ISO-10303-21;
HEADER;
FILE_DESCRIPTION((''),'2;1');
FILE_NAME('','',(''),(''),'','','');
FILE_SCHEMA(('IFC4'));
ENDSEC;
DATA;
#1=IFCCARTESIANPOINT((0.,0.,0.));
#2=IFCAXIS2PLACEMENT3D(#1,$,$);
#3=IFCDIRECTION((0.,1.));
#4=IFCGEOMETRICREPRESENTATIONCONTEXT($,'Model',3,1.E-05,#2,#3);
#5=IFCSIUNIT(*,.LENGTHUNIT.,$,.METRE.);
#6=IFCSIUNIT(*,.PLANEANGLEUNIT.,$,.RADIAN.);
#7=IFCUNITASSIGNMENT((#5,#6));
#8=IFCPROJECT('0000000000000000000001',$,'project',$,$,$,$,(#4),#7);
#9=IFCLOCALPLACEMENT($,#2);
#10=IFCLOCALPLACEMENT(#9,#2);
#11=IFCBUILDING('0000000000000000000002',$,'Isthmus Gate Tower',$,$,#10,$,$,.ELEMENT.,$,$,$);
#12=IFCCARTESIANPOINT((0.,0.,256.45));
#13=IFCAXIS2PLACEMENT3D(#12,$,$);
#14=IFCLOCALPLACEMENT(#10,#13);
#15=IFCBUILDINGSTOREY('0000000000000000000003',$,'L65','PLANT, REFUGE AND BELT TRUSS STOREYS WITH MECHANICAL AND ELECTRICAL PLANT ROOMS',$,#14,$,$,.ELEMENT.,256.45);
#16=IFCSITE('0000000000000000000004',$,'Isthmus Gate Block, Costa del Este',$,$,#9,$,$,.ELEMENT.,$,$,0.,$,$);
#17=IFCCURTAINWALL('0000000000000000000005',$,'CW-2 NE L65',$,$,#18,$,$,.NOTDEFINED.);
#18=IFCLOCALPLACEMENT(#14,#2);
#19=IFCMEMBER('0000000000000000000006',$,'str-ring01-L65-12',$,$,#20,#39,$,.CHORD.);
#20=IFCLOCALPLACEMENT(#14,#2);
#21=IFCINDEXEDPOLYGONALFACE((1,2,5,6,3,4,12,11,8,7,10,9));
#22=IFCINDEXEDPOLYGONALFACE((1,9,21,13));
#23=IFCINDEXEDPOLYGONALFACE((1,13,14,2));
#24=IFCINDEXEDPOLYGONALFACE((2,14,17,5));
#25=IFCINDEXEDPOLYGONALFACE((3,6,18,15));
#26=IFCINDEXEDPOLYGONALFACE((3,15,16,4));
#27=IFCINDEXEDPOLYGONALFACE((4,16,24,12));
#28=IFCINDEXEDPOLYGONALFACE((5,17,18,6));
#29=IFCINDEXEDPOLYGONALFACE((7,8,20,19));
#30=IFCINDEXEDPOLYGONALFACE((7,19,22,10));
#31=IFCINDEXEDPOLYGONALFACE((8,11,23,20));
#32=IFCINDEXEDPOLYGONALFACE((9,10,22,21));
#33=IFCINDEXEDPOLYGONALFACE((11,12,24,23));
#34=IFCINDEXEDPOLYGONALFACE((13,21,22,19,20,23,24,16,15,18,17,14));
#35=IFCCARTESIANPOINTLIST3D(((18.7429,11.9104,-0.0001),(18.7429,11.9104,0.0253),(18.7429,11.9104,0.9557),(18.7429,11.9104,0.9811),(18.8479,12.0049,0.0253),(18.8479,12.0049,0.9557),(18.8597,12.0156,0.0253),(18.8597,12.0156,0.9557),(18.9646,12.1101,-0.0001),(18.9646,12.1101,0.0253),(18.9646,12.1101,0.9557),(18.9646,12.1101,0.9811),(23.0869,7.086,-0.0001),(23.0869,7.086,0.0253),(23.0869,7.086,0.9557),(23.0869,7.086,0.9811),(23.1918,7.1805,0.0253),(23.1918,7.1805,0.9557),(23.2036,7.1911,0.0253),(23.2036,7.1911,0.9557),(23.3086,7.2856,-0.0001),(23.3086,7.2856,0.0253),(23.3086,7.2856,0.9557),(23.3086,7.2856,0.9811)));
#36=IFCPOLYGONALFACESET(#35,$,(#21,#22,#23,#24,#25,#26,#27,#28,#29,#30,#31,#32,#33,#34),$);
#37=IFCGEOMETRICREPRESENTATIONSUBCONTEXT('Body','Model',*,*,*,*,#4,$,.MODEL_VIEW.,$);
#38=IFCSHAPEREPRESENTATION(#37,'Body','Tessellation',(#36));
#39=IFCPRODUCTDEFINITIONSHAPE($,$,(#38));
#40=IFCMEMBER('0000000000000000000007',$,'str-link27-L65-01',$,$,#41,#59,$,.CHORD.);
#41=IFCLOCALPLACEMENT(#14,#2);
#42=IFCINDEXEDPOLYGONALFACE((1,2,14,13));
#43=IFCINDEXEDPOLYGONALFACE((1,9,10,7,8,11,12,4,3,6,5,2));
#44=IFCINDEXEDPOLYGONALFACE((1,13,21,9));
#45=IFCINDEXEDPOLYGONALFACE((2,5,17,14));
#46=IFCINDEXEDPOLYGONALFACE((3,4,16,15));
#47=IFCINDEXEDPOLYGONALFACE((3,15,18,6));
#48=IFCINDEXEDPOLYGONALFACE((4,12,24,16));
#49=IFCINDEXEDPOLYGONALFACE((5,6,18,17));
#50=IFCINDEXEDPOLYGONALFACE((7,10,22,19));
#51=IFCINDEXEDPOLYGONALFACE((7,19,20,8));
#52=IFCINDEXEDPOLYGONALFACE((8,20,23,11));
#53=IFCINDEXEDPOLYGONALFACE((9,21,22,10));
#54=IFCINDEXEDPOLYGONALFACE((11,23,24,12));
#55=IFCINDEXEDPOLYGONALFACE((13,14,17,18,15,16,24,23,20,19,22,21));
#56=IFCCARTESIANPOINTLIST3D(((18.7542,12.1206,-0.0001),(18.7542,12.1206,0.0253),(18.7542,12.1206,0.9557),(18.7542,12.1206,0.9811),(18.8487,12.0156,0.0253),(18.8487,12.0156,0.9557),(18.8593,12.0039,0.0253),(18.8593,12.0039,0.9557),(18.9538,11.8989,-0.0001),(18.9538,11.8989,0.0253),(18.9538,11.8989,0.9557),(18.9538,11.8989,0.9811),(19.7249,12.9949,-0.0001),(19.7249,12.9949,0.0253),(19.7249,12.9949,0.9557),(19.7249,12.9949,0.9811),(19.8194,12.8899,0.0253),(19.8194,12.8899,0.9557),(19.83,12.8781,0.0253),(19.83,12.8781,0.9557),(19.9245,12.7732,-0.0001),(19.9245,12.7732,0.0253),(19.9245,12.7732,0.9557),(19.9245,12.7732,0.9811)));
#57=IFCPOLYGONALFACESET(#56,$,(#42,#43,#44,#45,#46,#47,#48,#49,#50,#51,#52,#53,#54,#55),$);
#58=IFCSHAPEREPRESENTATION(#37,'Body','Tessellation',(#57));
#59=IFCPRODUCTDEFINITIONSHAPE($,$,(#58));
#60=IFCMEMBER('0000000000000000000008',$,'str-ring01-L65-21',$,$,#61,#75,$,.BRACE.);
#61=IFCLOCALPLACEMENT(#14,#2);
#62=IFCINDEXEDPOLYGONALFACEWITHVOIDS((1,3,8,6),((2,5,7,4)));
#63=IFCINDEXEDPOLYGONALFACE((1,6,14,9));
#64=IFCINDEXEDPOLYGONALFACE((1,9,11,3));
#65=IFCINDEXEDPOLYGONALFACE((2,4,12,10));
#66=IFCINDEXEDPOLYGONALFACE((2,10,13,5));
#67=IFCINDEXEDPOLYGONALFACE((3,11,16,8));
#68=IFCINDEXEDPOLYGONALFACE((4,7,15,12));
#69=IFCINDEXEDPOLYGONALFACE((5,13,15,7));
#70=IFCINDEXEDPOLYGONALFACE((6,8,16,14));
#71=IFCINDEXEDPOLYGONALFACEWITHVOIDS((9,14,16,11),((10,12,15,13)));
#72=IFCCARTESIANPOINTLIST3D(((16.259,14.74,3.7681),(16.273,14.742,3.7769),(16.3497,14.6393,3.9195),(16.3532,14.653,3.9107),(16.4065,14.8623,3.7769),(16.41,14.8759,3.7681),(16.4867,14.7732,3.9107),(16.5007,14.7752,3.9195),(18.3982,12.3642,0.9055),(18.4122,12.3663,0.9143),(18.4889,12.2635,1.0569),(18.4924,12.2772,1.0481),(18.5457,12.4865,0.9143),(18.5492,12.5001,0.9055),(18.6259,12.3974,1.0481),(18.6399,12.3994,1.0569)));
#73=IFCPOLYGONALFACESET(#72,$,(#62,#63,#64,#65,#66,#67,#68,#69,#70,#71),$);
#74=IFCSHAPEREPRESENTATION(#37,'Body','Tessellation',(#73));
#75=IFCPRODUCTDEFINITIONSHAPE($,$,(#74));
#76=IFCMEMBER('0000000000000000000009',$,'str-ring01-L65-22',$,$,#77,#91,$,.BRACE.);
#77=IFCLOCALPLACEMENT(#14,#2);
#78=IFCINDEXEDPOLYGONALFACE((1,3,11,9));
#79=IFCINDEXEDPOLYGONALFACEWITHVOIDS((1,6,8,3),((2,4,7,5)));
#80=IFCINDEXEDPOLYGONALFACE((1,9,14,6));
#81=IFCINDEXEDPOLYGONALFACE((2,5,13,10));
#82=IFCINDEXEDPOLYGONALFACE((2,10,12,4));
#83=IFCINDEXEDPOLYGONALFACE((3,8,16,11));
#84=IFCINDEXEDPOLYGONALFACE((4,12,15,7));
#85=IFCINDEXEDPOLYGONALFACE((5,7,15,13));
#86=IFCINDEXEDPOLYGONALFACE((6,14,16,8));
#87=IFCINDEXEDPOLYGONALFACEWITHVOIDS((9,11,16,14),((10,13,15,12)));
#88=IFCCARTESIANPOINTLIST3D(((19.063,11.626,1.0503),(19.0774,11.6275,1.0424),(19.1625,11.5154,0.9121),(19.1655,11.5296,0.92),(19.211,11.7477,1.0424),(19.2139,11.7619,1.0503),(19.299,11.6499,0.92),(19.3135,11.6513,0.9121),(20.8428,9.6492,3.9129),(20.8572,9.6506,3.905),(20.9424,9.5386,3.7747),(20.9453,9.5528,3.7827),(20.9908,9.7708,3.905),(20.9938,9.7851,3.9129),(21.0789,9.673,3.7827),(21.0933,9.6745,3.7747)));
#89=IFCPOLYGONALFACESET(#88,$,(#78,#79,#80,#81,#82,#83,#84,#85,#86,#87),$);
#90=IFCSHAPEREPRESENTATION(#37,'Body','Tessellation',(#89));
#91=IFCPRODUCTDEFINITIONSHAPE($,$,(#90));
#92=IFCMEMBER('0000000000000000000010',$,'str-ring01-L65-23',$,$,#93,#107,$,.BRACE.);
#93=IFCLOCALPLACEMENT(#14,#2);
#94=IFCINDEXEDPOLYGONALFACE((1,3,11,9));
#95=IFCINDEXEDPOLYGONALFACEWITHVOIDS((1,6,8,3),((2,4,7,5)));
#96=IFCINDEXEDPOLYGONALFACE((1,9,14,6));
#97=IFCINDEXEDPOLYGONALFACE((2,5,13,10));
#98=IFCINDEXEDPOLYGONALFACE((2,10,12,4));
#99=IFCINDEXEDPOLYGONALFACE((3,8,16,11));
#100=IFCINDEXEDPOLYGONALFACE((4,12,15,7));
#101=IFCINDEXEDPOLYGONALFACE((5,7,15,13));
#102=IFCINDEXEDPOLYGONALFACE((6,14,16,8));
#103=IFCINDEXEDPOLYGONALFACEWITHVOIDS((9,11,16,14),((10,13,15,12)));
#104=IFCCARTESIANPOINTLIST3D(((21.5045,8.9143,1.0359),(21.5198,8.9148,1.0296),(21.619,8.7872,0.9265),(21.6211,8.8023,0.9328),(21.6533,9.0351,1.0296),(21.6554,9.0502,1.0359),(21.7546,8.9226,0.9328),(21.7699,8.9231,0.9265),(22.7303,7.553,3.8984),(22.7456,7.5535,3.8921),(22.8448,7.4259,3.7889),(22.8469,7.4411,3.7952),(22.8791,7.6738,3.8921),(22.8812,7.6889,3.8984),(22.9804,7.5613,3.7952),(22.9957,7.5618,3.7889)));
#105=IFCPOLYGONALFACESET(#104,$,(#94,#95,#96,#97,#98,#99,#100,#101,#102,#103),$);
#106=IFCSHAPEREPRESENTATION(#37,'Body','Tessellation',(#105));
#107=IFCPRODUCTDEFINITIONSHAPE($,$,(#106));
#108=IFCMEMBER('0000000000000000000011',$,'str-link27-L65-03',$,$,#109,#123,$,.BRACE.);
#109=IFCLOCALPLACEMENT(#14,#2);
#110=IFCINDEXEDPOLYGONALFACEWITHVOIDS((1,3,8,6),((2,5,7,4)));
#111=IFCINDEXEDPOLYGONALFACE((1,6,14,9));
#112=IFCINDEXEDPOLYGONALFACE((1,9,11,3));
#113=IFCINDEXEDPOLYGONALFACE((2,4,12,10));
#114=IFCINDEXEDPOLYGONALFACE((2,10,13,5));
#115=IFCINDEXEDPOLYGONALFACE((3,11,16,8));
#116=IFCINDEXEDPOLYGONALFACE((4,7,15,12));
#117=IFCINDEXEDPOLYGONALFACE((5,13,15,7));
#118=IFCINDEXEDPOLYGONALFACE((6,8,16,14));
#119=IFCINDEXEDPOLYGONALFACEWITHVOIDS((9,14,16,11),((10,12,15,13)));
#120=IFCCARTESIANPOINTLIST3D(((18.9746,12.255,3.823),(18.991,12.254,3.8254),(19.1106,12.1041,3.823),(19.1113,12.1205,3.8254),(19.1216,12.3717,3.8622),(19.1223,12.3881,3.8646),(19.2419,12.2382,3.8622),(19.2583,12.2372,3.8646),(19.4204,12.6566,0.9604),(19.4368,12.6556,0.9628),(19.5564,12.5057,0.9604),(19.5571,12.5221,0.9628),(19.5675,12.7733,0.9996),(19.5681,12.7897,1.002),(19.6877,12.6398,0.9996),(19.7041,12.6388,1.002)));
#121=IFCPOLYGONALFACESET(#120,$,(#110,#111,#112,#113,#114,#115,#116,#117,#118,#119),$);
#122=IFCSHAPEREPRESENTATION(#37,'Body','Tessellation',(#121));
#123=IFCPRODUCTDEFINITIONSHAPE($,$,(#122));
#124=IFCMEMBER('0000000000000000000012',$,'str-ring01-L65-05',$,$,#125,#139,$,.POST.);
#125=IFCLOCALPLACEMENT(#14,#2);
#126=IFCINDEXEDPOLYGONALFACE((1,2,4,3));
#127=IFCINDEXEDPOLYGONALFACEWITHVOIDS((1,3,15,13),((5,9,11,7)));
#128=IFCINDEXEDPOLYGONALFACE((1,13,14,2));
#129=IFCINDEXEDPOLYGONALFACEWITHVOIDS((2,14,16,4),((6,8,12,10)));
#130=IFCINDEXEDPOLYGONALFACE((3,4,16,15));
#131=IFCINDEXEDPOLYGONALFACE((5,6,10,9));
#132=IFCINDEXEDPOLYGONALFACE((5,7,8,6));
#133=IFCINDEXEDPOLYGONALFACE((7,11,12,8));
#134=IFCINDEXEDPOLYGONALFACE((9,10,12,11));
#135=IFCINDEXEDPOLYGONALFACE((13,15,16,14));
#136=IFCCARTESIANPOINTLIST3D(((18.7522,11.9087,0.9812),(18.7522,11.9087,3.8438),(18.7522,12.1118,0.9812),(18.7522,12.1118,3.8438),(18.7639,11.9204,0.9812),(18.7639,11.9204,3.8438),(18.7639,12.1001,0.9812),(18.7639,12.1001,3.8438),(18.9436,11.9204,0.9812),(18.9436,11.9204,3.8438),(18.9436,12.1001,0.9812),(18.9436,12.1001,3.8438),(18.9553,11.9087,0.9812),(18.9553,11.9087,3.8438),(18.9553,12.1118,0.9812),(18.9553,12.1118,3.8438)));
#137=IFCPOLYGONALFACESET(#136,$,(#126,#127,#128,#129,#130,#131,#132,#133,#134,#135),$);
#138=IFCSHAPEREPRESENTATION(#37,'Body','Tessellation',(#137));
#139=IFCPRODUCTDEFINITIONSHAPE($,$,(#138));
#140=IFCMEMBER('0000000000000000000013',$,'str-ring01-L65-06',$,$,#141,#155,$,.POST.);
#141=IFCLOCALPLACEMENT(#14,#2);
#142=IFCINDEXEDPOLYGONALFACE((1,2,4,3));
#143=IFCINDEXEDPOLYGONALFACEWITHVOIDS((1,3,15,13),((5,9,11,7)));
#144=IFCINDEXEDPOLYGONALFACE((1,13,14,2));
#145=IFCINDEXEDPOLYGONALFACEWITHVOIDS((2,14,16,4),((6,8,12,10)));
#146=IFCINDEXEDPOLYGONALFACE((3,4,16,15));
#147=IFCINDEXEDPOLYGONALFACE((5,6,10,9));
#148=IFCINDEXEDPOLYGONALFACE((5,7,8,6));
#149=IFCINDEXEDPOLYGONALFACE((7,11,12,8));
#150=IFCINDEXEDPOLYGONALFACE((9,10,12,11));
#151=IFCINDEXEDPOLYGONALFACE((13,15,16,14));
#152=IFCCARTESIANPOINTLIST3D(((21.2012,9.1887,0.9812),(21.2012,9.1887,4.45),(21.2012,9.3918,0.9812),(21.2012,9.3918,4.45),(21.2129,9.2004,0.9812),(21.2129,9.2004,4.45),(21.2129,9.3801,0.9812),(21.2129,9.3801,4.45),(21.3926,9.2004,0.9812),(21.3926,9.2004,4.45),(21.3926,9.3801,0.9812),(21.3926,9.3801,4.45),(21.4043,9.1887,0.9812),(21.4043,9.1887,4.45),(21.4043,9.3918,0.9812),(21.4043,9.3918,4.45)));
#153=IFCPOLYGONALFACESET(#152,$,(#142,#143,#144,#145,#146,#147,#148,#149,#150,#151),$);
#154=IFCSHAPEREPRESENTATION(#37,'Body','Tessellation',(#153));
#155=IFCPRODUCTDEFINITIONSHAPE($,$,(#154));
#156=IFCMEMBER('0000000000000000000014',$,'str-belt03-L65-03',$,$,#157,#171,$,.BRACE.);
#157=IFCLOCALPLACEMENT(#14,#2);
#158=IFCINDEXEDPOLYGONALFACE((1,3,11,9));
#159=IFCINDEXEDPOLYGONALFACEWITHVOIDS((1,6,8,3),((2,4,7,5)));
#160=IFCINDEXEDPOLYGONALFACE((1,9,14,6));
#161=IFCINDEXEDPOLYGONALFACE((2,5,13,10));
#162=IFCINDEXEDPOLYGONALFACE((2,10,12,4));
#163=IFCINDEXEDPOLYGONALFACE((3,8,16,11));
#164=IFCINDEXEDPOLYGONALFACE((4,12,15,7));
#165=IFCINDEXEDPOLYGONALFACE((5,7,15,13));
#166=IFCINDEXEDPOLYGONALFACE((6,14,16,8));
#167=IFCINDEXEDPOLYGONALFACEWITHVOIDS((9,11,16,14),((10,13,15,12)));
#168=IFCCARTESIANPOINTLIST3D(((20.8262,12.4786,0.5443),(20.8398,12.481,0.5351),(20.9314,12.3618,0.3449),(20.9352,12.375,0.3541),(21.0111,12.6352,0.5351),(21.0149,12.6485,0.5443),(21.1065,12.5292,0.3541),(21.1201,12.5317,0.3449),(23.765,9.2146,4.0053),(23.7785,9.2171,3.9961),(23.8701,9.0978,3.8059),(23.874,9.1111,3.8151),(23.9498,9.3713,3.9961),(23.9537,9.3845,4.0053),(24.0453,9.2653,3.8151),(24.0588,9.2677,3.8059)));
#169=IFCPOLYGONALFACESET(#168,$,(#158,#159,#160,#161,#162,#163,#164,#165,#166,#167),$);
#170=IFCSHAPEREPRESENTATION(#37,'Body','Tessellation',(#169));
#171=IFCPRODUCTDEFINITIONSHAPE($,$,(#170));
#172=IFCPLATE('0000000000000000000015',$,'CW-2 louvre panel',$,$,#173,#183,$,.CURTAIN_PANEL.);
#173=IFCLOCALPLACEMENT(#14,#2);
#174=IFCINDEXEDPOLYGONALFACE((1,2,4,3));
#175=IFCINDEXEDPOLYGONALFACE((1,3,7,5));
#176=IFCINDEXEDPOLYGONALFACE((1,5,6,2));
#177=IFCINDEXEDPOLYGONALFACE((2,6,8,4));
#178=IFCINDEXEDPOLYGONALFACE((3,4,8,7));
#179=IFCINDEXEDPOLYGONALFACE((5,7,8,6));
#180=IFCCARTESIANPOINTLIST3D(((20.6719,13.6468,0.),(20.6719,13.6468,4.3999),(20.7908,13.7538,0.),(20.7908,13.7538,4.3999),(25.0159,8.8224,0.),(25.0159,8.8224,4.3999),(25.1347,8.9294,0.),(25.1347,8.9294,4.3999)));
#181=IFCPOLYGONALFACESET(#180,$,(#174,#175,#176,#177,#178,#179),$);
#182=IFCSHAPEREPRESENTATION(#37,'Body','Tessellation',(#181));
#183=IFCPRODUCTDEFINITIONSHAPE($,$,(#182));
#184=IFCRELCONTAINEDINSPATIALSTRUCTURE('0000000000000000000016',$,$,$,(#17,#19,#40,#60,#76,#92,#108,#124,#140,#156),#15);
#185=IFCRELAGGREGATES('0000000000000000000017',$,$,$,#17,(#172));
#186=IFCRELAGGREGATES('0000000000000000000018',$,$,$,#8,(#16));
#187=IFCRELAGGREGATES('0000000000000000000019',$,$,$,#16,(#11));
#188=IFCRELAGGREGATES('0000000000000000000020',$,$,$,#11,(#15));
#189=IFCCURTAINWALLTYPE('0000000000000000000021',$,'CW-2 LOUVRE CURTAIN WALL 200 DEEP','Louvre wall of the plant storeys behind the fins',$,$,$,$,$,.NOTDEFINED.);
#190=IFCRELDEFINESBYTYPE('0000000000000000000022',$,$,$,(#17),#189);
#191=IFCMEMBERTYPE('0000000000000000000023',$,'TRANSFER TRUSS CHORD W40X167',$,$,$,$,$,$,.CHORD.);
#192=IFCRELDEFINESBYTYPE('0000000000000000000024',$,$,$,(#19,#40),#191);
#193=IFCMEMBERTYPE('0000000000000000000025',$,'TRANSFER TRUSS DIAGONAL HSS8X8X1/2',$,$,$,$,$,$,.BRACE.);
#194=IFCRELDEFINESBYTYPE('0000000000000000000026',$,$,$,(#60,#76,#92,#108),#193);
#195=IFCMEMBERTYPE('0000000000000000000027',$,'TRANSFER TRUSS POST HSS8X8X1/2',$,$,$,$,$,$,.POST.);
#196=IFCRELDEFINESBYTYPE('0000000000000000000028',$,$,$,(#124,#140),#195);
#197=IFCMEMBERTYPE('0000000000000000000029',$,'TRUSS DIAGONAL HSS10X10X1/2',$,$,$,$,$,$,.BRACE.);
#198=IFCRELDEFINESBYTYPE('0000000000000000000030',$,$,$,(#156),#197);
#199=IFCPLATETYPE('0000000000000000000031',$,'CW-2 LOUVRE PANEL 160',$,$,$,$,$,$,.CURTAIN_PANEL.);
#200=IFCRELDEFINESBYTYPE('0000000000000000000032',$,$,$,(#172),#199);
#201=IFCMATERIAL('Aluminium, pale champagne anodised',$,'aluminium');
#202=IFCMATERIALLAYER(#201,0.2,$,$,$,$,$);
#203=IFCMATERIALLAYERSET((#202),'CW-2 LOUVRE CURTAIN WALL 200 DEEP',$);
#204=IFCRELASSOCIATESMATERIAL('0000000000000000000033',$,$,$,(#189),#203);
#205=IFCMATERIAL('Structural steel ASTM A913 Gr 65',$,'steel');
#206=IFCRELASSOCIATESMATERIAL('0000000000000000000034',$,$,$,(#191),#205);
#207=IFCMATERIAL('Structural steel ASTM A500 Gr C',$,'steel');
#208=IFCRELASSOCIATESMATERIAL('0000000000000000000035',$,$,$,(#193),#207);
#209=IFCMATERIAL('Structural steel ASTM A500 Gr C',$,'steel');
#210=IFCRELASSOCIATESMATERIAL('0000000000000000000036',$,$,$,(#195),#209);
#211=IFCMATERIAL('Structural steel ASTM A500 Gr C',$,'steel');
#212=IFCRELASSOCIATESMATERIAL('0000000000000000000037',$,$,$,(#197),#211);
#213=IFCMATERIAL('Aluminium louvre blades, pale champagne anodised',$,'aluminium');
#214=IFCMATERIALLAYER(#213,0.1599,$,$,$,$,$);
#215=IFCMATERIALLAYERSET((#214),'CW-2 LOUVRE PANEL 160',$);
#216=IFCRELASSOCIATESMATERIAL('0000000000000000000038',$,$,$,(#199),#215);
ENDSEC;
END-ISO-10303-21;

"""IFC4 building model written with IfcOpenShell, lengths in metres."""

from ifc_helpers import new_model, si_unit, direction, frame, origin, origin_2d, place, context, subcontext, project, spatial, rectangle, hollow_rectangle, i_section, extrude, material, layer, layer_set, material_profile, profile_set, type_object, element, aggregate, save


model = new_model("IFC4")

# Units and contexts
model_context = context("Model", 3, precision=1e-05, world=origin(), true_north=direction((0.0, 1.0)))
body_context = subcontext(model_context, "Body", "Model", "MODEL_VIEW")
ifc_project = project(units=[si_unit("LENGTHUNIT", "METRE"), si_unit("PLANEANGLEUNIT", "RADIAN")], contexts=[model_context])

# Site, building, storey
site_placement = place(None, origin())
site = spatial("IfcSite", under=ifc_project, at=site_placement, Name="Isthmus Gate Block, Costa del Este", CompositionType="ELEMENT", RefElevation=0.0)
building_placement = place(site_placement, origin())
building = spatial("IfcBuilding", under=site, at=building_placement, Name="Isthmus Gate Tower", CompositionType="ELEMENT")
storey_placement = place(building_placement, frame((0.0, 0.0, 256.45)))
storey = spatial("IfcBuildingStorey", under=building, at=storey_placement, Name="L65", Description="PLANT, REFUGE AND BELT TRUSS STOREYS WITH MECHANICAL AND ELECTRICAL PLANT ROOMS", CompositionType="ELEMENT", Elevation=256.45)

# Curtain wall
ifc_material_1 = material(Name="Aluminium, pale champagne anodised", Category="aluminium")
ifc_layer_1 = layer(ifc_material_1, 0.2)
ifc_layer_set_1 = layer_set([ifc_layer_1], Name="CW-2 LOUVRE CURTAIN WALL 200 DEEP")
curtain_wall_type = type_object("IfcCurtainWallType", Name="CW-2 LOUVRE CURTAIN WALL 200 DEEP", Description="Louvre wall of the plant storeys behind the fins", PredefinedType="NOTDEFINED", material=ifc_layer_set_1)
curtain_wall_placement = place(storey_placement, origin())
curtain_wall = element("IfcCurtainWall", 1, at=curtain_wall_placement, inside=storey, type_object=curtain_wall_type, Name="CW-2 NE L65", PredefinedType="NOTDEFINED")

# Members
ifc_material_2 = material(Name="Structural steel ASTM A913 Gr 65", Category="steel")
ifc_material_profile_1 = material_profile(ifc_material_2, i_section(OverallWidth=0.2983, OverallDepth=0.9812, WebThickness=0.0159, FlangeThickness=0.0254, at=origin_2d()), Name="W40X167")
ifc_profile_set_1 = profile_set([ifc_material_profile_1], Name="Structural steel ASTM A913 Gr 65")
member_type_1 = type_object("IfcMemberType", Name="TRANSFER TRUSS CHORD W40X167", PredefinedType="CHORD", material=ifc_profile_set_1)
member_1_placement = place(storey_placement, frame((18.8538, 12.0103, 0.4905), z_axis=(0.669133, -0.743143, 0.0), x_axis=(0.743143, 0.669133, 0.0)))
element("IfcMember", 2, at=member_1_placement, inside=storey, type_object=member_type_1, Name="str-ring01-L65-12", PredefinedType="CHORD", context=body_context, shape_type="SweptSolid", body=[
    extrude(i_section(OverallWidth=0.2983, OverallDepth=0.9812, WebThickness=0.0159, FlangeThickness=0.0254, at=origin_2d()), origin(), (0.0, 0.0, 1.0), 6.4919),
])
member_2_placement = place(storey_placement, frame((19.8247, 12.884, 0.4905), z_axis=(-0.743052, -0.669233, 0.0), x_axis=(0.669233, -0.743052, 0.0)))
element("IfcMember", 3, at=member_2_placement, inside=storey, type_object=member_type_1, Name="str-link27-L65-01", PredefinedType="CHORD", context=body_context, shape_type="SweptSolid", body=[
    extrude(i_section(OverallWidth=0.2983, OverallDepth=0.9812, WebThickness=0.0159, FlangeThickness=0.0254, at=origin_2d()), origin(), (0.0, 0.0, 1.0), 1.3064),
])
ifc_material_3 = material(Name="Structural steel ASTM A500 Gr C", Category="steel")
ifc_material_profile_2 = material_profile(ifc_material_3, hollow_rectangle(XDim=0.2031, YDim=0.2031, WallThickness=0.0117, at=origin_2d()), Name="HSS8X8X1/2")
ifc_profile_set_2 = profile_set([ifc_material_profile_2], Name="Structural steel ASTM A500 Gr C")
member_type_2 = type_object("IfcMemberType", Name="TRANSFER TRUSS DIAGONAL HSS8X8X1/2", PredefinedType="BRACE", material=ifc_profile_set_2)
member_3_placement = place(storey_placement, frame((18.519, 12.3818, 0.9812), z_axis=(-0.498501, 0.55363, 0.667076), x_axis=(-0.743138, -0.669138, 0.0)))
element("IfcMember", 4, at=member_3_placement, inside=storey, type_object=member_type_2, Name="str-ring01-L65-21", PredefinedType="BRACE", context=body_context, shape_type="SweptSolid", body=[
    extrude(hollow_rectangle(XDim=0.2031, YDim=0.2031, WallThickness=0.0117, at=origin_2d()), origin(), (0.0, 0.0, 1.0), 4.2913),
])
member_4_placement = place(storey_placement, frame((19.1882, 11.6387, 0.9812), z_axis=(0.455464, -0.505884, 0.732553), x_axis=(0.743171, 0.669102, 0.0)))
element("IfcMember", 5, at=member_4_placement, inside=storey, type_object=member_type_2, Name="str-ring01-L65-22", PredefinedType="BRACE", context=body_context, shape_type="SweptSolid", body=[
    extrude(hollow_rectangle(XDim=0.2031, YDim=0.2031, WallThickness=0.0117, at=origin_2d()), origin(), (0.0, 0.0, 1.0), 3.9077),
])
member_5_placement = place(storey_placement, frame((21.6372, 8.9187, 0.9812), z_axis=(0.360693, -0.400563, 0.842288), x_axis=(0.743122, 0.669156, 0.0)))
element("IfcMember", 6, at=member_5_placement, inside=storey, type_object=member_type_2, Name="str-ring01-L65-23", PredefinedType="BRACE", context=body_context, shape_type="SweptSolid", body=[
    extrude(hollow_rectangle(XDim=0.2031, YDim=0.2031, WallThickness=0.0117, at=origin_2d()), origin(), (0.0, 0.0, 1.0), 3.3984),
])
member_6_placement = place(storey_placement, frame((19.5623, 12.6477, 0.9812), z_axis=(-0.152423, -0.137314, 0.97873), x_axis=(0.669324, -0.74297, 0.0)))
element("IfcMember", 7, at=member_6_placement, inside=storey, type_object=member_type_2, Name="str-link27-L65-03", PredefinedType="BRACE", context=body_context, shape_type="SweptSolid", body=[
    extrude(hollow_rectangle(XDim=0.2031, YDim=0.2031, WallThickness=0.0117, at=origin_2d()), origin(), (0.0, 0.0, 1.0), 2.9248),
])
ifc_material_4 = material(Name="Structural steel ASTM A500 Gr C", Category="steel")
ifc_material_profile_3 = material_profile(ifc_material_4, hollow_rectangle(XDim=0.2031, YDim=0.2031, WallThickness=0.0117, at=origin_2d()), Name="HSS8X8X1/2")
ifc_profile_set_3 = profile_set([ifc_material_profile_3], Name="Structural steel ASTM A500 Gr C")
member_type_3 = type_object("IfcMemberType", Name="TRANSFER TRUSS POST HSS8X8X1/2", PredefinedType="POST", material=ifc_profile_set_3)
member_7_placement = place(storey_placement, frame((18.8538, 12.0103, 0.9812), z_axis=(0.0, 0.0, 1.0), x_axis=(1.0, 0.0, 0.0)))
element("IfcMember", 8, at=member_7_placement, inside=storey, type_object=member_type_3, Name="str-ring01-L65-05", PredefinedType="POST", context=body_context, shape_type="SweptSolid", body=[
    extrude(hollow_rectangle(XDim=0.2031, YDim=0.2031, WallThickness=0.0117, at=origin_2d()), origin(), (0.0, 0.0, 1.0), 2.8625),
])
member_8_placement = place(storey_placement, frame((21.3027, 9.2903, 0.9812), z_axis=(0.0, 0.0, 1.0), x_axis=(1.0, 0.0, 0.0)))
element("IfcMember", 9, at=member_8_placement, inside=storey, type_object=member_type_3, Name="str-ring01-L65-06", PredefinedType="POST", context=body_context, shape_type="SweptSolid", body=[
    extrude(hollow_rectangle(XDim=0.2031, YDim=0.2031, WallThickness=0.0117, at=origin_2d()), origin(), (0.0, 0.0, 1.0), 3.4688),
])
ifc_material_5 = material(Name="Structural steel ASTM A500 Gr C", Category="steel")
ifc_material_profile_4 = material_profile(ifc_material_5, hollow_rectangle(XDim=0.2539, YDim=0.2539, WallThickness=0.0117, at=origin_2d()), Name="HSS10X10X1/2")
ifc_profile_set_4 = profile_set([ifc_material_profile_4], Name="Structural steel ASTM A500 Gr C")
member_type_4 = type_object("IfcMemberType", Name="TRUSS DIAGONAL HSS10X10X1/2", PredefinedType="BRACE", material=ifc_profile_set_4)
member_9_placement = place(storey_placement, frame((20.9731, 12.5051, 0.4446), z_axis=(0.525549, -0.583705, 0.61894), x_axis=(0.743159, 0.669115, 0.0)))
element("IfcMember", 10, at=member_9_placement, inside=storey, type_object=member_type_4, Name="str-belt03-L65-03", PredefinedType="BRACE", context=body_context, shape_type="SweptSolid", body=[
    extrude(hollow_rectangle(XDim=0.2539, YDim=0.2539, WallThickness=0.0117, at=origin_2d()), origin(), (0.0, 0.0, 1.0), 5.5918),
])

# Plate
ifc_material_6 = material(Name="Aluminium louvre blades, pale champagne anodised", Category="aluminium")
ifc_layer_2 = layer(ifc_material_6, 0.1599)
ifc_layer_set_2 = layer_set([ifc_layer_2], Name="CW-2 LOUVRE PANEL 160")
plate_type = type_object("IfcPlateType", Name="CW-2 LOUVRE PANEL 160", PredefinedType="CURTAIN_PANEL", material=ifc_layer_set_2)
plate_placement = place(storey_placement, frame((22.9033, 11.2881, 0.0), z_axis=(0.0, 0.0, 1.0), x_axis=(-0.669131, 0.743145, 0.0)))
plate = element("IfcPlate", 11, at=plate_placement, type_object=plate_type, Name="CW-2 louvre panel", PredefinedType="CURTAIN_PANEL", context=body_context, shape_type="SweptSolid", body=[
    extrude(rectangle(XDim=6.4919, YDim=0.1599, at=origin_2d()), origin(), (0.0, 0.0, 1.0), 4.3999),
])
aggregate(curtain_wall, [plate])

save(model, "model.ifc")
